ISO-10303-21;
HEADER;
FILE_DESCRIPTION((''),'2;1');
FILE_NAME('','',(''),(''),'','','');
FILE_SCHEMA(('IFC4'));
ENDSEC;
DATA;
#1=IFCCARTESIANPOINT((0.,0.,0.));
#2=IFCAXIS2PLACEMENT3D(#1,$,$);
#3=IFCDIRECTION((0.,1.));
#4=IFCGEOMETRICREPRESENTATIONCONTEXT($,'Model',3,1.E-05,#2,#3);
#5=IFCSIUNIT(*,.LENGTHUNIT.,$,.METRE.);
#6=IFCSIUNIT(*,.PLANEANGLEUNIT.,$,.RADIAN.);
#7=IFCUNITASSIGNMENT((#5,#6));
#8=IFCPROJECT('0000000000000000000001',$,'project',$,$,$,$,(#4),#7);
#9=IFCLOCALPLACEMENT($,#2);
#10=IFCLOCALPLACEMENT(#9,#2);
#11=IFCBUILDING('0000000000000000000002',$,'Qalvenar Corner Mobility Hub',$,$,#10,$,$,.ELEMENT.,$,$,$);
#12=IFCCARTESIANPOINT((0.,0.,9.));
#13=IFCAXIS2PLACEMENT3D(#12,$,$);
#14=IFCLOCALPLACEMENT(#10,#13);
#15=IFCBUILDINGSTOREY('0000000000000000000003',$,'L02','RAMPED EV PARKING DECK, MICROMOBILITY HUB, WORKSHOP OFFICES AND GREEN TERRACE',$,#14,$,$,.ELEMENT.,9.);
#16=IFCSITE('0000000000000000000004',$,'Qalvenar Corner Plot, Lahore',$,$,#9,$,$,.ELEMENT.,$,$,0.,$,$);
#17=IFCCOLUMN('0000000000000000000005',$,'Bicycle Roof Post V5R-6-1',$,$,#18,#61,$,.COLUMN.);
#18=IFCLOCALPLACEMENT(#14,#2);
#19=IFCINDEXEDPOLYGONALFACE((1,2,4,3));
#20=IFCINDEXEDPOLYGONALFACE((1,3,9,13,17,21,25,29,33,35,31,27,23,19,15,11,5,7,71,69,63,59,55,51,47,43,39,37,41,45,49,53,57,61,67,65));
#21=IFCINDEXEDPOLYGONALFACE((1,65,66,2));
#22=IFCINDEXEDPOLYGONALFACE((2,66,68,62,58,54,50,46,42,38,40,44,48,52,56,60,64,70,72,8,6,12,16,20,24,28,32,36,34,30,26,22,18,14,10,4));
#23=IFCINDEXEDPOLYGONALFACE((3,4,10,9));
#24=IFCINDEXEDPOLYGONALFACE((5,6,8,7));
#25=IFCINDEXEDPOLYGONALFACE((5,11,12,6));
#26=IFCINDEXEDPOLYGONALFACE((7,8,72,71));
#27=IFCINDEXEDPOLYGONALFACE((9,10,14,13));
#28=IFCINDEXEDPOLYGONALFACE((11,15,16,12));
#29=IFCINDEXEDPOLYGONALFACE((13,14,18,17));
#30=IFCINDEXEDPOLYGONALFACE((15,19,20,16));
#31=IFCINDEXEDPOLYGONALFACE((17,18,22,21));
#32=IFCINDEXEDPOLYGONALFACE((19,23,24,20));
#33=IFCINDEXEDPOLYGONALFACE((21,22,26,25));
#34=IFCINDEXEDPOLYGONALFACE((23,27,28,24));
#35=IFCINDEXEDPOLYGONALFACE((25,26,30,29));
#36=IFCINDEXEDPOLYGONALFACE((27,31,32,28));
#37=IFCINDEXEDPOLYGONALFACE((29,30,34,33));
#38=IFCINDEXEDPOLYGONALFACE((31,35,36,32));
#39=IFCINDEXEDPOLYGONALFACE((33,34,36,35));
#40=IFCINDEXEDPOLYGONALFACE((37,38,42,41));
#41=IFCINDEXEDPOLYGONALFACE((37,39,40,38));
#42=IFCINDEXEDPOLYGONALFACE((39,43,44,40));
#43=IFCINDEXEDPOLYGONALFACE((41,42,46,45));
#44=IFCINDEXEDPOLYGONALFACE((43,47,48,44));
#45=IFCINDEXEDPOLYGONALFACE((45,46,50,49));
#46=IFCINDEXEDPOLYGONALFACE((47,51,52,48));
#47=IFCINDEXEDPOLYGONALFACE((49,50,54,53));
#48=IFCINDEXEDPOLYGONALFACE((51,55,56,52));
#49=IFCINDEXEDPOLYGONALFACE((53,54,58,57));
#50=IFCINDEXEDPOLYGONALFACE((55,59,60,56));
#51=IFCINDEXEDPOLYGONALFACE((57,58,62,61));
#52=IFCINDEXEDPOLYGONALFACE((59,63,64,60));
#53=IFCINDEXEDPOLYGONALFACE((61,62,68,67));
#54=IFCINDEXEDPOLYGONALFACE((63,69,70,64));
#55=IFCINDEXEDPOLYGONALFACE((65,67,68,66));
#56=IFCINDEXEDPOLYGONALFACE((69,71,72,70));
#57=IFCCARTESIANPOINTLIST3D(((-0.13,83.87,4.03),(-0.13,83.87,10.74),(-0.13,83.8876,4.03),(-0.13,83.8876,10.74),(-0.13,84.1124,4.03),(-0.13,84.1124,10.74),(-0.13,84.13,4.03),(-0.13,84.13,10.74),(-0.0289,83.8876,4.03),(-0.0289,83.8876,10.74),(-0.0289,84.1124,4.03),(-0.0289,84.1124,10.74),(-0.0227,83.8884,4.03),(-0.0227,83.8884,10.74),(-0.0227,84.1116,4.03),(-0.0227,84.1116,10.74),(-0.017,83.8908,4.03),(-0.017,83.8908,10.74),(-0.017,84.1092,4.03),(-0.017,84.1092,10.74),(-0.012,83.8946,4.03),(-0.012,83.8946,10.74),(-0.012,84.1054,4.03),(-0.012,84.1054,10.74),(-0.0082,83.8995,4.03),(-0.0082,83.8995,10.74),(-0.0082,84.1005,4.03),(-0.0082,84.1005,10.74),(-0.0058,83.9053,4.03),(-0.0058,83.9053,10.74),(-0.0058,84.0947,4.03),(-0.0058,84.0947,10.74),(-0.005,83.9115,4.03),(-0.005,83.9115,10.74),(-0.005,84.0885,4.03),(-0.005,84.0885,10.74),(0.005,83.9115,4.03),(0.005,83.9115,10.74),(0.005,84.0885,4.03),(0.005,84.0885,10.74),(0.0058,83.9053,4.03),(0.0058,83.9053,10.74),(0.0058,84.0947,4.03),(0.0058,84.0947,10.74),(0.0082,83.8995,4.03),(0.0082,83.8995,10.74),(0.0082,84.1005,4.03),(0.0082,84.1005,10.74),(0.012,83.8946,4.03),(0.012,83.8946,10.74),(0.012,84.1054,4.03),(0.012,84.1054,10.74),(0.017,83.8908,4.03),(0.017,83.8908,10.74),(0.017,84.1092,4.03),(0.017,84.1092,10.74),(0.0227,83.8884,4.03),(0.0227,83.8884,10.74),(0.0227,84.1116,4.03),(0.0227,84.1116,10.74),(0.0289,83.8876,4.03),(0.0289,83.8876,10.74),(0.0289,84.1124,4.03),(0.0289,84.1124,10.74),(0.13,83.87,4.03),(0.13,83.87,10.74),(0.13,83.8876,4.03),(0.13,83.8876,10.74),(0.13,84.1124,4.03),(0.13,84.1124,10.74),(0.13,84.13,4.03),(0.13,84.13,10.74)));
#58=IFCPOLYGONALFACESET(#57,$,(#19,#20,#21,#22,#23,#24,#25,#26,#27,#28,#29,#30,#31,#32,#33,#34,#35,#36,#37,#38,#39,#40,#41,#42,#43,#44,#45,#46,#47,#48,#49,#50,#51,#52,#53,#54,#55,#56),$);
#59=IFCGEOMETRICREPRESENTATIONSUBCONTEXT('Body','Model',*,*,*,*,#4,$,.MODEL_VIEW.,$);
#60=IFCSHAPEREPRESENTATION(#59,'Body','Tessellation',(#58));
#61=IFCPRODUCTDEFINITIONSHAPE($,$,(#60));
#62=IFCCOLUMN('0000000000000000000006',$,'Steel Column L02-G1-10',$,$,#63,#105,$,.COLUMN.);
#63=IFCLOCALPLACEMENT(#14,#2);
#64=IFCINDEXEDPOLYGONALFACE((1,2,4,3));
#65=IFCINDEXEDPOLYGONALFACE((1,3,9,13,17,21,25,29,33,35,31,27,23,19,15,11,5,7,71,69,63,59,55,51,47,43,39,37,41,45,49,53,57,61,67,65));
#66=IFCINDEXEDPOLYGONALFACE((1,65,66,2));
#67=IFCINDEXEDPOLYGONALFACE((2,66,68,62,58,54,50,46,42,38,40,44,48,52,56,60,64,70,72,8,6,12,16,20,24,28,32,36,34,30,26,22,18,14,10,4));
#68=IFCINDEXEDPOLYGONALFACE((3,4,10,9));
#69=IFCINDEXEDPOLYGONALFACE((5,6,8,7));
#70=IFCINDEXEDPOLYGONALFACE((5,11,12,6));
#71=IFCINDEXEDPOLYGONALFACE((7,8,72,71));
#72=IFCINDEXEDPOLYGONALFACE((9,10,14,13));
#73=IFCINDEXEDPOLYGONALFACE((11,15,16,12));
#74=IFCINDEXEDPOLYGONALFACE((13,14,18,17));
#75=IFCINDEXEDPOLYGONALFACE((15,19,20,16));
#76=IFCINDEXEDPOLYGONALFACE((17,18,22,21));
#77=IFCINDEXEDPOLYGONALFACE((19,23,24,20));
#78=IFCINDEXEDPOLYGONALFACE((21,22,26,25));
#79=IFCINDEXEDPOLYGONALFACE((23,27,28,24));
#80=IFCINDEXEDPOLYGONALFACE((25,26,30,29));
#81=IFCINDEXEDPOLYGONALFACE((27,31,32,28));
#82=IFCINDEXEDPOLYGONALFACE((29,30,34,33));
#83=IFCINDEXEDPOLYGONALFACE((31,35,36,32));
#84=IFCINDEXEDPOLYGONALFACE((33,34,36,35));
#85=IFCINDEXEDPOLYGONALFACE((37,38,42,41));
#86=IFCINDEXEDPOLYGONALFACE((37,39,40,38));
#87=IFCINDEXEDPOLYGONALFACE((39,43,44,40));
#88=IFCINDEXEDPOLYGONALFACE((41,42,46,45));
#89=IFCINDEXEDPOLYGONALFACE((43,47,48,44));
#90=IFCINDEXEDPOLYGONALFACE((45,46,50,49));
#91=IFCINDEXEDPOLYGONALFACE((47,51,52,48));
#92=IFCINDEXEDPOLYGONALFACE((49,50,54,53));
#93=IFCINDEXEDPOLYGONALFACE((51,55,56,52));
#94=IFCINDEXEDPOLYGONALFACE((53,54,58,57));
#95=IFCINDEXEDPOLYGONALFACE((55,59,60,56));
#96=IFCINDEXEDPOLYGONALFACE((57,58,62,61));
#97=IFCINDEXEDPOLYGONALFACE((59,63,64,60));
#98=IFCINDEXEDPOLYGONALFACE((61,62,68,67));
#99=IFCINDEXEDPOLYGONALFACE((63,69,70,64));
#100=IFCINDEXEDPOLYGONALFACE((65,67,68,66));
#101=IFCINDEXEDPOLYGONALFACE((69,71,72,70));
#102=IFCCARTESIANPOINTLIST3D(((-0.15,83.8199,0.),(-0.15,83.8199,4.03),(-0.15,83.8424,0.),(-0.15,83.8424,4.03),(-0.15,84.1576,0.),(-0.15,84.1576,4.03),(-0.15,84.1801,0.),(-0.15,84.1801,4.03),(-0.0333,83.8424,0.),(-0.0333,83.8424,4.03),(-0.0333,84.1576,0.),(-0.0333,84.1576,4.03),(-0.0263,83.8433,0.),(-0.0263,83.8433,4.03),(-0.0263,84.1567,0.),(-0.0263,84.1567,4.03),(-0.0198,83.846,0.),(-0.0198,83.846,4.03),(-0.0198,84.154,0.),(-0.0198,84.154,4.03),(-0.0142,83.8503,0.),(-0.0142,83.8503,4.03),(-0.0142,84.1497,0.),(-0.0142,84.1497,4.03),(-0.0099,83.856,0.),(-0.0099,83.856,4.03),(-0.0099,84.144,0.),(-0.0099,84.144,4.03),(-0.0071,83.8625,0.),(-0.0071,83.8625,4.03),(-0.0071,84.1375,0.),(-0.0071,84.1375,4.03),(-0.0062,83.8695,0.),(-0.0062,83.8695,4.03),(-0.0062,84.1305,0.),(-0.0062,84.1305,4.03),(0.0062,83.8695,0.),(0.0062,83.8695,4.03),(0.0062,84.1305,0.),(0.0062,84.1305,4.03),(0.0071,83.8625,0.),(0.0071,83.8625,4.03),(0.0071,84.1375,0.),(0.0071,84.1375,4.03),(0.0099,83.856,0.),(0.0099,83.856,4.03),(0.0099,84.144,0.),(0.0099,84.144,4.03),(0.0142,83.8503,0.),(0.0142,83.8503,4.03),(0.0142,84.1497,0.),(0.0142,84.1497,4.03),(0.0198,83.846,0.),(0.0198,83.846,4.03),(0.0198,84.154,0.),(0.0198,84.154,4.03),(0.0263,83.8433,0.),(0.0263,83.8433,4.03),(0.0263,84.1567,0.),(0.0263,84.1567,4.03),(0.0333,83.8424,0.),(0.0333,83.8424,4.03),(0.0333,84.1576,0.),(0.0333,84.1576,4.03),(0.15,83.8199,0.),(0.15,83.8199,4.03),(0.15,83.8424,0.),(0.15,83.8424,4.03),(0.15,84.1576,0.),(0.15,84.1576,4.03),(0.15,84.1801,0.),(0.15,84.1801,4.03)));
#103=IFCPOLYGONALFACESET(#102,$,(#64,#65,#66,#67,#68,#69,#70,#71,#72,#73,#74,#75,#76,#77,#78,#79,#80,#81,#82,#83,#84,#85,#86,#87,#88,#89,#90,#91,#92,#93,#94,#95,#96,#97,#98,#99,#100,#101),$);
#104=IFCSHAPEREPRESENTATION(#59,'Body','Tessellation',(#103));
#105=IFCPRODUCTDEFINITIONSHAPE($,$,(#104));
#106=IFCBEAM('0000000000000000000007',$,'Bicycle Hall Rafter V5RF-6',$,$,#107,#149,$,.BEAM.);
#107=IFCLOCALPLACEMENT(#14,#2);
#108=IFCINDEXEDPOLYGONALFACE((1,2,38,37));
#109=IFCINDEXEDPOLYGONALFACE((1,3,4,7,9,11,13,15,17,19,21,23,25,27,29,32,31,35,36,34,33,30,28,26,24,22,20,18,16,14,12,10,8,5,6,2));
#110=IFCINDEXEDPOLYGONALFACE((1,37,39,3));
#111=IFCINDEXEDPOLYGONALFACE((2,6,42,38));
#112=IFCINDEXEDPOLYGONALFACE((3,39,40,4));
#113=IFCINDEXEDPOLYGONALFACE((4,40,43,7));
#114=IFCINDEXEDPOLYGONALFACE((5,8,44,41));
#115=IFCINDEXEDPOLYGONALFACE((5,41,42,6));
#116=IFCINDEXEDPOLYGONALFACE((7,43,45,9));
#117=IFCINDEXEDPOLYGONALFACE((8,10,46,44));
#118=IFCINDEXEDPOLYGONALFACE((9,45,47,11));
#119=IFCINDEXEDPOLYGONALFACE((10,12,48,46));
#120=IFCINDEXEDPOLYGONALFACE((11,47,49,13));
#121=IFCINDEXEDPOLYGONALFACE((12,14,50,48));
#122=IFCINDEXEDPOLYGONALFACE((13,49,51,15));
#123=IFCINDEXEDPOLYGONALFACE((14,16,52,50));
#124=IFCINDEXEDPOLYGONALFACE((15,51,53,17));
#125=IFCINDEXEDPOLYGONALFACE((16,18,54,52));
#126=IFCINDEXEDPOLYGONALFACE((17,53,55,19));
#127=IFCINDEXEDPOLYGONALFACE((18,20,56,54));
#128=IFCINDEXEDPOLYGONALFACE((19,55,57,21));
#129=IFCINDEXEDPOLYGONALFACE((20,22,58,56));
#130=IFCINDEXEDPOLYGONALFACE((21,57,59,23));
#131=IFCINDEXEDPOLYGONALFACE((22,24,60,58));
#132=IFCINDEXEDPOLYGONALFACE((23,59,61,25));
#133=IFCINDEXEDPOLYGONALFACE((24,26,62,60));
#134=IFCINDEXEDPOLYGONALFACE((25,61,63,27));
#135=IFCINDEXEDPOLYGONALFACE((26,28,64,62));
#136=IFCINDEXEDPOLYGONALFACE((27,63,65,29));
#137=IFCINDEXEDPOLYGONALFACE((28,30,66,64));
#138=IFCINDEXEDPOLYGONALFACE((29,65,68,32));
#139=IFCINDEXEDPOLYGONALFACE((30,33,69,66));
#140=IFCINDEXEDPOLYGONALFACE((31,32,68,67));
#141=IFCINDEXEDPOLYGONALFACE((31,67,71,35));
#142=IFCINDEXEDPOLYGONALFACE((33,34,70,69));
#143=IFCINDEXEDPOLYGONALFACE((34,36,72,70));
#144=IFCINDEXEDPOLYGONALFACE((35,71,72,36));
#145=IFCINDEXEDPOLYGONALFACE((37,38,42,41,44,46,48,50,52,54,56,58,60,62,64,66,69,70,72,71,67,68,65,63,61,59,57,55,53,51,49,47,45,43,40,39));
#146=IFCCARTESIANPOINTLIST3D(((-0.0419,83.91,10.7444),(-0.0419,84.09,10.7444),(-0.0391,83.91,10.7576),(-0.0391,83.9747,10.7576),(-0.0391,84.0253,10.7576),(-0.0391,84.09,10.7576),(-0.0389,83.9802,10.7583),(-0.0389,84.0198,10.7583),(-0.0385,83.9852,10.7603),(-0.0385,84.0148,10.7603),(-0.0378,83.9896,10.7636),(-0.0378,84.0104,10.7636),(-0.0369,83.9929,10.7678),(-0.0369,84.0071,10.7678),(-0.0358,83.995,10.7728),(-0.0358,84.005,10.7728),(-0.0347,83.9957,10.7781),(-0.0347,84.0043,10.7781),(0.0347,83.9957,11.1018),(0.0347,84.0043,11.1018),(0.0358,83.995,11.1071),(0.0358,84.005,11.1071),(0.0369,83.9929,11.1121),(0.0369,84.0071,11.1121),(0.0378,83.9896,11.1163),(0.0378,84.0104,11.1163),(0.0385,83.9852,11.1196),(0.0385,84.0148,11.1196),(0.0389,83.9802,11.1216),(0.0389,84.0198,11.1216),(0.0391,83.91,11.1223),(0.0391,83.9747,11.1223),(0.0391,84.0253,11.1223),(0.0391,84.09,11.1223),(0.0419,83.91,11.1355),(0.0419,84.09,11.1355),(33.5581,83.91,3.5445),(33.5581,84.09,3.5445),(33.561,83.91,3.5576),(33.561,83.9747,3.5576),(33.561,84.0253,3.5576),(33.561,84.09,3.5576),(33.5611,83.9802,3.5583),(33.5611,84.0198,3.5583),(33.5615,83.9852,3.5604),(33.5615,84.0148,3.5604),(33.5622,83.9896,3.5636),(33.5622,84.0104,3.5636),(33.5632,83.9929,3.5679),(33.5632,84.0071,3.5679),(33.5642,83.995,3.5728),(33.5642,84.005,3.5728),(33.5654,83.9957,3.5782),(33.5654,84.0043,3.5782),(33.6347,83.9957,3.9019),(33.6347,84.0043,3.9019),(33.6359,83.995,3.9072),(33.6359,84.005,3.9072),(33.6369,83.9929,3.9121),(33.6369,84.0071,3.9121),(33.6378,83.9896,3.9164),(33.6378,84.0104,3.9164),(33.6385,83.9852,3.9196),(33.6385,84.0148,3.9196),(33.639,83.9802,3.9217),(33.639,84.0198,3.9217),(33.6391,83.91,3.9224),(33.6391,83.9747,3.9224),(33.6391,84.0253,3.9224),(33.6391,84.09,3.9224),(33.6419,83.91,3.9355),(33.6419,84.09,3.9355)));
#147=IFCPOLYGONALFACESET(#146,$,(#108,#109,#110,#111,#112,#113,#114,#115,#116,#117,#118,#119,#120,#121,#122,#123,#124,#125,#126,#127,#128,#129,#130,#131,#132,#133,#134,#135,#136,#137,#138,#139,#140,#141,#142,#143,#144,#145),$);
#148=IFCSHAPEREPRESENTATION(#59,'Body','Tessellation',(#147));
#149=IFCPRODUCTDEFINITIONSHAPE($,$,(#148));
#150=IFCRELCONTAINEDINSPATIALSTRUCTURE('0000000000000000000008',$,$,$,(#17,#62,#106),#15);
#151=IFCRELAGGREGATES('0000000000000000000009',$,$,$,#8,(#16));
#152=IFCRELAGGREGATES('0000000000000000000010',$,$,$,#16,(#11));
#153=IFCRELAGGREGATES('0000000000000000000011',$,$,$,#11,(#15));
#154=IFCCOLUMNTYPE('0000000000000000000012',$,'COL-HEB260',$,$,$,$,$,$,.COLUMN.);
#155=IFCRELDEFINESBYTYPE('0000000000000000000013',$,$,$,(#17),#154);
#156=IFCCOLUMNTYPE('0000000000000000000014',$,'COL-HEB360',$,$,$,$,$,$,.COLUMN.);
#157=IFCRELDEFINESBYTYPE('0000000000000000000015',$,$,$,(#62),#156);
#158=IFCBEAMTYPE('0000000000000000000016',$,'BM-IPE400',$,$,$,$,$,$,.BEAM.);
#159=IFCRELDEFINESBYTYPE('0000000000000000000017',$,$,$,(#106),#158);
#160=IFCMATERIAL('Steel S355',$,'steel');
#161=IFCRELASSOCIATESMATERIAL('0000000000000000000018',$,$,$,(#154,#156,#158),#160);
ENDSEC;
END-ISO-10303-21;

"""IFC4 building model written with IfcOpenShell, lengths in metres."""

from ifc_helpers import new_model, si_unit, direction, frame, origin, origin_2d, place, context, subcontext, project, spatial, i_section, extrude, material, material_profile, profile_set, type_object, element, save


model = new_model("IFC4")

# Units and contexts
model_context = context("Model", 3, precision=1e-05, world=origin(), true_north=direction((0.0, 1.0)))
body_context = subcontext(model_context, "Body", "Model", "MODEL_VIEW")
ifc_project = project(units=[si_unit("LENGTHUNIT", "METRE"), si_unit("PLANEANGLEUNIT", "RADIAN")], contexts=[model_context])

# Site, building, storey
site_placement = place(None, origin())
site = spatial("IfcSite", under=ifc_project, at=site_placement, Name="Qalvenar Corner Plot, Lahore", CompositionType="ELEMENT", RefElevation=0.0)
building_placement = place(site_placement, origin())
building = spatial("IfcBuilding", under=site, at=building_placement, Name="Qalvenar Corner Mobility Hub", CompositionType="ELEMENT")
storey_placement = place(building_placement, frame((0.0, 0.0, 9.0)))
storey = spatial("IfcBuildingStorey", under=building, at=storey_placement, Name="L02", Description="RAMPED EV PARKING DECK, MICROMOBILITY HUB, WORKSHOP OFFICES AND GREEN TERRACE", CompositionType="ELEMENT", Elevation=9.0)

# Columns
ifc_material_1 = material(Name="Steel S355", Category="steel")
ifc_material_profile_1 = material_profile(ifc_material_1, i_section(OverallWidth=0.26, OverallDepth=0.26, WebThickness=0.01, FlangeThickness=0.0176, FilletRadius=0.0239, at=origin_2d()), Name="HEB260")
ifc_profile_set_1 = profile_set([ifc_material_profile_1], Name="Steel S355")
column_type_1 = type_object("IfcColumnType", Name="COL-HEB260", PredefinedType="COLUMN", material=ifc_profile_set_1)
column_1_placement = place(storey_placement, frame((0.0, 84.0, 4.03), z_axis=(0.0, 0.0, 1.0), x_axis=(1.0, 0.0, 0.0)))
element("IfcColumn", 1, at=column_1_placement, inside=storey, type_object=column_type_1, Name="Bicycle Roof Post V5R-6-1", PredefinedType="COLUMN", context=body_context, shape_type="SweptSolid", body=[
    extrude(i_section(OverallWidth=0.26, OverallDepth=0.26, WebThickness=0.01, FlangeThickness=0.0176, FilletRadius=0.0239, at=origin_2d()), origin(), (0.0, 0.0, 1.0), 6.71),
])
ifc_material_profile_2 = material_profile(ifc_material_1, i_section(OverallWidth=0.3, OverallDepth=0.3601, WebThickness=0.0125, FlangeThickness=0.0225, FilletRadius=0.0271, at=origin_2d()), Name="HEB360")
ifc_profile_set_2 = profile_set([ifc_material_profile_2], Name="Steel S355")
column_type_2 = type_object("IfcColumnType", Name="COL-HEB360", PredefinedType="COLUMN", material=ifc_profile_set_2)
column_2_placement = place(storey_placement, frame((0.0, 84.0, 0.0), z_axis=(0.0, 0.0, 1.0), x_axis=(1.0, 0.0, 0.0)))
element("IfcColumn", 2, at=column_2_placement, inside=storey, type_object=column_type_2, Name="Steel Column L02-G1-10", PredefinedType="COLUMN", context=body_context, shape_type="SweptSolid", body=[
    extrude(i_section(OverallWidth=0.3, OverallDepth=0.3601, WebThickness=0.0125, FlangeThickness=0.0225, FilletRadius=0.0271, at=origin_2d()), origin(), (0.0, 0.0, 1.0), 4.03),
])

# Beam
ifc_material_profile_3 = material_profile(ifc_material_1, i_section(OverallWidth=0.1799, OverallDepth=0.3999, WebThickness=0.0085, FlangeThickness=0.0134, FilletRadius=0.021, at=origin_2d()), Name="IPE400")
ifc_profile_set_3 = profile_set([ifc_material_profile_3], Name="Steel S355")
beam_type_1 = type_object("IfcBeamType", Name="BM-IPE400", PredefinedType="BEAM", material=ifc_profile_set_3)
beam_1_placement = place(storey_placement, frame((0.0, 84.0, 10.9399), z_axis=(0.977803, 0.0, -0.209527), x_axis=(0.0, 1.0, 0.0)))
element("IfcBeam", 3, at=beam_1_placement, inside=storey, type_object=beam_type_1, Name="Bicycle Hall Rafter V5RF-6", PredefinedType="BEAM", context=body_context, shape_type="SweptSolid", body=[
    extrude(i_section(OverallWidth=0.1799, OverallDepth=0.3999, WebThickness=0.0085, FlangeThickness=0.0134, FilletRadius=0.021, at=origin_2d()), origin(), (0.0, 0.0, 1.0), 34.3628),
])

save(model, "model.ifc")
